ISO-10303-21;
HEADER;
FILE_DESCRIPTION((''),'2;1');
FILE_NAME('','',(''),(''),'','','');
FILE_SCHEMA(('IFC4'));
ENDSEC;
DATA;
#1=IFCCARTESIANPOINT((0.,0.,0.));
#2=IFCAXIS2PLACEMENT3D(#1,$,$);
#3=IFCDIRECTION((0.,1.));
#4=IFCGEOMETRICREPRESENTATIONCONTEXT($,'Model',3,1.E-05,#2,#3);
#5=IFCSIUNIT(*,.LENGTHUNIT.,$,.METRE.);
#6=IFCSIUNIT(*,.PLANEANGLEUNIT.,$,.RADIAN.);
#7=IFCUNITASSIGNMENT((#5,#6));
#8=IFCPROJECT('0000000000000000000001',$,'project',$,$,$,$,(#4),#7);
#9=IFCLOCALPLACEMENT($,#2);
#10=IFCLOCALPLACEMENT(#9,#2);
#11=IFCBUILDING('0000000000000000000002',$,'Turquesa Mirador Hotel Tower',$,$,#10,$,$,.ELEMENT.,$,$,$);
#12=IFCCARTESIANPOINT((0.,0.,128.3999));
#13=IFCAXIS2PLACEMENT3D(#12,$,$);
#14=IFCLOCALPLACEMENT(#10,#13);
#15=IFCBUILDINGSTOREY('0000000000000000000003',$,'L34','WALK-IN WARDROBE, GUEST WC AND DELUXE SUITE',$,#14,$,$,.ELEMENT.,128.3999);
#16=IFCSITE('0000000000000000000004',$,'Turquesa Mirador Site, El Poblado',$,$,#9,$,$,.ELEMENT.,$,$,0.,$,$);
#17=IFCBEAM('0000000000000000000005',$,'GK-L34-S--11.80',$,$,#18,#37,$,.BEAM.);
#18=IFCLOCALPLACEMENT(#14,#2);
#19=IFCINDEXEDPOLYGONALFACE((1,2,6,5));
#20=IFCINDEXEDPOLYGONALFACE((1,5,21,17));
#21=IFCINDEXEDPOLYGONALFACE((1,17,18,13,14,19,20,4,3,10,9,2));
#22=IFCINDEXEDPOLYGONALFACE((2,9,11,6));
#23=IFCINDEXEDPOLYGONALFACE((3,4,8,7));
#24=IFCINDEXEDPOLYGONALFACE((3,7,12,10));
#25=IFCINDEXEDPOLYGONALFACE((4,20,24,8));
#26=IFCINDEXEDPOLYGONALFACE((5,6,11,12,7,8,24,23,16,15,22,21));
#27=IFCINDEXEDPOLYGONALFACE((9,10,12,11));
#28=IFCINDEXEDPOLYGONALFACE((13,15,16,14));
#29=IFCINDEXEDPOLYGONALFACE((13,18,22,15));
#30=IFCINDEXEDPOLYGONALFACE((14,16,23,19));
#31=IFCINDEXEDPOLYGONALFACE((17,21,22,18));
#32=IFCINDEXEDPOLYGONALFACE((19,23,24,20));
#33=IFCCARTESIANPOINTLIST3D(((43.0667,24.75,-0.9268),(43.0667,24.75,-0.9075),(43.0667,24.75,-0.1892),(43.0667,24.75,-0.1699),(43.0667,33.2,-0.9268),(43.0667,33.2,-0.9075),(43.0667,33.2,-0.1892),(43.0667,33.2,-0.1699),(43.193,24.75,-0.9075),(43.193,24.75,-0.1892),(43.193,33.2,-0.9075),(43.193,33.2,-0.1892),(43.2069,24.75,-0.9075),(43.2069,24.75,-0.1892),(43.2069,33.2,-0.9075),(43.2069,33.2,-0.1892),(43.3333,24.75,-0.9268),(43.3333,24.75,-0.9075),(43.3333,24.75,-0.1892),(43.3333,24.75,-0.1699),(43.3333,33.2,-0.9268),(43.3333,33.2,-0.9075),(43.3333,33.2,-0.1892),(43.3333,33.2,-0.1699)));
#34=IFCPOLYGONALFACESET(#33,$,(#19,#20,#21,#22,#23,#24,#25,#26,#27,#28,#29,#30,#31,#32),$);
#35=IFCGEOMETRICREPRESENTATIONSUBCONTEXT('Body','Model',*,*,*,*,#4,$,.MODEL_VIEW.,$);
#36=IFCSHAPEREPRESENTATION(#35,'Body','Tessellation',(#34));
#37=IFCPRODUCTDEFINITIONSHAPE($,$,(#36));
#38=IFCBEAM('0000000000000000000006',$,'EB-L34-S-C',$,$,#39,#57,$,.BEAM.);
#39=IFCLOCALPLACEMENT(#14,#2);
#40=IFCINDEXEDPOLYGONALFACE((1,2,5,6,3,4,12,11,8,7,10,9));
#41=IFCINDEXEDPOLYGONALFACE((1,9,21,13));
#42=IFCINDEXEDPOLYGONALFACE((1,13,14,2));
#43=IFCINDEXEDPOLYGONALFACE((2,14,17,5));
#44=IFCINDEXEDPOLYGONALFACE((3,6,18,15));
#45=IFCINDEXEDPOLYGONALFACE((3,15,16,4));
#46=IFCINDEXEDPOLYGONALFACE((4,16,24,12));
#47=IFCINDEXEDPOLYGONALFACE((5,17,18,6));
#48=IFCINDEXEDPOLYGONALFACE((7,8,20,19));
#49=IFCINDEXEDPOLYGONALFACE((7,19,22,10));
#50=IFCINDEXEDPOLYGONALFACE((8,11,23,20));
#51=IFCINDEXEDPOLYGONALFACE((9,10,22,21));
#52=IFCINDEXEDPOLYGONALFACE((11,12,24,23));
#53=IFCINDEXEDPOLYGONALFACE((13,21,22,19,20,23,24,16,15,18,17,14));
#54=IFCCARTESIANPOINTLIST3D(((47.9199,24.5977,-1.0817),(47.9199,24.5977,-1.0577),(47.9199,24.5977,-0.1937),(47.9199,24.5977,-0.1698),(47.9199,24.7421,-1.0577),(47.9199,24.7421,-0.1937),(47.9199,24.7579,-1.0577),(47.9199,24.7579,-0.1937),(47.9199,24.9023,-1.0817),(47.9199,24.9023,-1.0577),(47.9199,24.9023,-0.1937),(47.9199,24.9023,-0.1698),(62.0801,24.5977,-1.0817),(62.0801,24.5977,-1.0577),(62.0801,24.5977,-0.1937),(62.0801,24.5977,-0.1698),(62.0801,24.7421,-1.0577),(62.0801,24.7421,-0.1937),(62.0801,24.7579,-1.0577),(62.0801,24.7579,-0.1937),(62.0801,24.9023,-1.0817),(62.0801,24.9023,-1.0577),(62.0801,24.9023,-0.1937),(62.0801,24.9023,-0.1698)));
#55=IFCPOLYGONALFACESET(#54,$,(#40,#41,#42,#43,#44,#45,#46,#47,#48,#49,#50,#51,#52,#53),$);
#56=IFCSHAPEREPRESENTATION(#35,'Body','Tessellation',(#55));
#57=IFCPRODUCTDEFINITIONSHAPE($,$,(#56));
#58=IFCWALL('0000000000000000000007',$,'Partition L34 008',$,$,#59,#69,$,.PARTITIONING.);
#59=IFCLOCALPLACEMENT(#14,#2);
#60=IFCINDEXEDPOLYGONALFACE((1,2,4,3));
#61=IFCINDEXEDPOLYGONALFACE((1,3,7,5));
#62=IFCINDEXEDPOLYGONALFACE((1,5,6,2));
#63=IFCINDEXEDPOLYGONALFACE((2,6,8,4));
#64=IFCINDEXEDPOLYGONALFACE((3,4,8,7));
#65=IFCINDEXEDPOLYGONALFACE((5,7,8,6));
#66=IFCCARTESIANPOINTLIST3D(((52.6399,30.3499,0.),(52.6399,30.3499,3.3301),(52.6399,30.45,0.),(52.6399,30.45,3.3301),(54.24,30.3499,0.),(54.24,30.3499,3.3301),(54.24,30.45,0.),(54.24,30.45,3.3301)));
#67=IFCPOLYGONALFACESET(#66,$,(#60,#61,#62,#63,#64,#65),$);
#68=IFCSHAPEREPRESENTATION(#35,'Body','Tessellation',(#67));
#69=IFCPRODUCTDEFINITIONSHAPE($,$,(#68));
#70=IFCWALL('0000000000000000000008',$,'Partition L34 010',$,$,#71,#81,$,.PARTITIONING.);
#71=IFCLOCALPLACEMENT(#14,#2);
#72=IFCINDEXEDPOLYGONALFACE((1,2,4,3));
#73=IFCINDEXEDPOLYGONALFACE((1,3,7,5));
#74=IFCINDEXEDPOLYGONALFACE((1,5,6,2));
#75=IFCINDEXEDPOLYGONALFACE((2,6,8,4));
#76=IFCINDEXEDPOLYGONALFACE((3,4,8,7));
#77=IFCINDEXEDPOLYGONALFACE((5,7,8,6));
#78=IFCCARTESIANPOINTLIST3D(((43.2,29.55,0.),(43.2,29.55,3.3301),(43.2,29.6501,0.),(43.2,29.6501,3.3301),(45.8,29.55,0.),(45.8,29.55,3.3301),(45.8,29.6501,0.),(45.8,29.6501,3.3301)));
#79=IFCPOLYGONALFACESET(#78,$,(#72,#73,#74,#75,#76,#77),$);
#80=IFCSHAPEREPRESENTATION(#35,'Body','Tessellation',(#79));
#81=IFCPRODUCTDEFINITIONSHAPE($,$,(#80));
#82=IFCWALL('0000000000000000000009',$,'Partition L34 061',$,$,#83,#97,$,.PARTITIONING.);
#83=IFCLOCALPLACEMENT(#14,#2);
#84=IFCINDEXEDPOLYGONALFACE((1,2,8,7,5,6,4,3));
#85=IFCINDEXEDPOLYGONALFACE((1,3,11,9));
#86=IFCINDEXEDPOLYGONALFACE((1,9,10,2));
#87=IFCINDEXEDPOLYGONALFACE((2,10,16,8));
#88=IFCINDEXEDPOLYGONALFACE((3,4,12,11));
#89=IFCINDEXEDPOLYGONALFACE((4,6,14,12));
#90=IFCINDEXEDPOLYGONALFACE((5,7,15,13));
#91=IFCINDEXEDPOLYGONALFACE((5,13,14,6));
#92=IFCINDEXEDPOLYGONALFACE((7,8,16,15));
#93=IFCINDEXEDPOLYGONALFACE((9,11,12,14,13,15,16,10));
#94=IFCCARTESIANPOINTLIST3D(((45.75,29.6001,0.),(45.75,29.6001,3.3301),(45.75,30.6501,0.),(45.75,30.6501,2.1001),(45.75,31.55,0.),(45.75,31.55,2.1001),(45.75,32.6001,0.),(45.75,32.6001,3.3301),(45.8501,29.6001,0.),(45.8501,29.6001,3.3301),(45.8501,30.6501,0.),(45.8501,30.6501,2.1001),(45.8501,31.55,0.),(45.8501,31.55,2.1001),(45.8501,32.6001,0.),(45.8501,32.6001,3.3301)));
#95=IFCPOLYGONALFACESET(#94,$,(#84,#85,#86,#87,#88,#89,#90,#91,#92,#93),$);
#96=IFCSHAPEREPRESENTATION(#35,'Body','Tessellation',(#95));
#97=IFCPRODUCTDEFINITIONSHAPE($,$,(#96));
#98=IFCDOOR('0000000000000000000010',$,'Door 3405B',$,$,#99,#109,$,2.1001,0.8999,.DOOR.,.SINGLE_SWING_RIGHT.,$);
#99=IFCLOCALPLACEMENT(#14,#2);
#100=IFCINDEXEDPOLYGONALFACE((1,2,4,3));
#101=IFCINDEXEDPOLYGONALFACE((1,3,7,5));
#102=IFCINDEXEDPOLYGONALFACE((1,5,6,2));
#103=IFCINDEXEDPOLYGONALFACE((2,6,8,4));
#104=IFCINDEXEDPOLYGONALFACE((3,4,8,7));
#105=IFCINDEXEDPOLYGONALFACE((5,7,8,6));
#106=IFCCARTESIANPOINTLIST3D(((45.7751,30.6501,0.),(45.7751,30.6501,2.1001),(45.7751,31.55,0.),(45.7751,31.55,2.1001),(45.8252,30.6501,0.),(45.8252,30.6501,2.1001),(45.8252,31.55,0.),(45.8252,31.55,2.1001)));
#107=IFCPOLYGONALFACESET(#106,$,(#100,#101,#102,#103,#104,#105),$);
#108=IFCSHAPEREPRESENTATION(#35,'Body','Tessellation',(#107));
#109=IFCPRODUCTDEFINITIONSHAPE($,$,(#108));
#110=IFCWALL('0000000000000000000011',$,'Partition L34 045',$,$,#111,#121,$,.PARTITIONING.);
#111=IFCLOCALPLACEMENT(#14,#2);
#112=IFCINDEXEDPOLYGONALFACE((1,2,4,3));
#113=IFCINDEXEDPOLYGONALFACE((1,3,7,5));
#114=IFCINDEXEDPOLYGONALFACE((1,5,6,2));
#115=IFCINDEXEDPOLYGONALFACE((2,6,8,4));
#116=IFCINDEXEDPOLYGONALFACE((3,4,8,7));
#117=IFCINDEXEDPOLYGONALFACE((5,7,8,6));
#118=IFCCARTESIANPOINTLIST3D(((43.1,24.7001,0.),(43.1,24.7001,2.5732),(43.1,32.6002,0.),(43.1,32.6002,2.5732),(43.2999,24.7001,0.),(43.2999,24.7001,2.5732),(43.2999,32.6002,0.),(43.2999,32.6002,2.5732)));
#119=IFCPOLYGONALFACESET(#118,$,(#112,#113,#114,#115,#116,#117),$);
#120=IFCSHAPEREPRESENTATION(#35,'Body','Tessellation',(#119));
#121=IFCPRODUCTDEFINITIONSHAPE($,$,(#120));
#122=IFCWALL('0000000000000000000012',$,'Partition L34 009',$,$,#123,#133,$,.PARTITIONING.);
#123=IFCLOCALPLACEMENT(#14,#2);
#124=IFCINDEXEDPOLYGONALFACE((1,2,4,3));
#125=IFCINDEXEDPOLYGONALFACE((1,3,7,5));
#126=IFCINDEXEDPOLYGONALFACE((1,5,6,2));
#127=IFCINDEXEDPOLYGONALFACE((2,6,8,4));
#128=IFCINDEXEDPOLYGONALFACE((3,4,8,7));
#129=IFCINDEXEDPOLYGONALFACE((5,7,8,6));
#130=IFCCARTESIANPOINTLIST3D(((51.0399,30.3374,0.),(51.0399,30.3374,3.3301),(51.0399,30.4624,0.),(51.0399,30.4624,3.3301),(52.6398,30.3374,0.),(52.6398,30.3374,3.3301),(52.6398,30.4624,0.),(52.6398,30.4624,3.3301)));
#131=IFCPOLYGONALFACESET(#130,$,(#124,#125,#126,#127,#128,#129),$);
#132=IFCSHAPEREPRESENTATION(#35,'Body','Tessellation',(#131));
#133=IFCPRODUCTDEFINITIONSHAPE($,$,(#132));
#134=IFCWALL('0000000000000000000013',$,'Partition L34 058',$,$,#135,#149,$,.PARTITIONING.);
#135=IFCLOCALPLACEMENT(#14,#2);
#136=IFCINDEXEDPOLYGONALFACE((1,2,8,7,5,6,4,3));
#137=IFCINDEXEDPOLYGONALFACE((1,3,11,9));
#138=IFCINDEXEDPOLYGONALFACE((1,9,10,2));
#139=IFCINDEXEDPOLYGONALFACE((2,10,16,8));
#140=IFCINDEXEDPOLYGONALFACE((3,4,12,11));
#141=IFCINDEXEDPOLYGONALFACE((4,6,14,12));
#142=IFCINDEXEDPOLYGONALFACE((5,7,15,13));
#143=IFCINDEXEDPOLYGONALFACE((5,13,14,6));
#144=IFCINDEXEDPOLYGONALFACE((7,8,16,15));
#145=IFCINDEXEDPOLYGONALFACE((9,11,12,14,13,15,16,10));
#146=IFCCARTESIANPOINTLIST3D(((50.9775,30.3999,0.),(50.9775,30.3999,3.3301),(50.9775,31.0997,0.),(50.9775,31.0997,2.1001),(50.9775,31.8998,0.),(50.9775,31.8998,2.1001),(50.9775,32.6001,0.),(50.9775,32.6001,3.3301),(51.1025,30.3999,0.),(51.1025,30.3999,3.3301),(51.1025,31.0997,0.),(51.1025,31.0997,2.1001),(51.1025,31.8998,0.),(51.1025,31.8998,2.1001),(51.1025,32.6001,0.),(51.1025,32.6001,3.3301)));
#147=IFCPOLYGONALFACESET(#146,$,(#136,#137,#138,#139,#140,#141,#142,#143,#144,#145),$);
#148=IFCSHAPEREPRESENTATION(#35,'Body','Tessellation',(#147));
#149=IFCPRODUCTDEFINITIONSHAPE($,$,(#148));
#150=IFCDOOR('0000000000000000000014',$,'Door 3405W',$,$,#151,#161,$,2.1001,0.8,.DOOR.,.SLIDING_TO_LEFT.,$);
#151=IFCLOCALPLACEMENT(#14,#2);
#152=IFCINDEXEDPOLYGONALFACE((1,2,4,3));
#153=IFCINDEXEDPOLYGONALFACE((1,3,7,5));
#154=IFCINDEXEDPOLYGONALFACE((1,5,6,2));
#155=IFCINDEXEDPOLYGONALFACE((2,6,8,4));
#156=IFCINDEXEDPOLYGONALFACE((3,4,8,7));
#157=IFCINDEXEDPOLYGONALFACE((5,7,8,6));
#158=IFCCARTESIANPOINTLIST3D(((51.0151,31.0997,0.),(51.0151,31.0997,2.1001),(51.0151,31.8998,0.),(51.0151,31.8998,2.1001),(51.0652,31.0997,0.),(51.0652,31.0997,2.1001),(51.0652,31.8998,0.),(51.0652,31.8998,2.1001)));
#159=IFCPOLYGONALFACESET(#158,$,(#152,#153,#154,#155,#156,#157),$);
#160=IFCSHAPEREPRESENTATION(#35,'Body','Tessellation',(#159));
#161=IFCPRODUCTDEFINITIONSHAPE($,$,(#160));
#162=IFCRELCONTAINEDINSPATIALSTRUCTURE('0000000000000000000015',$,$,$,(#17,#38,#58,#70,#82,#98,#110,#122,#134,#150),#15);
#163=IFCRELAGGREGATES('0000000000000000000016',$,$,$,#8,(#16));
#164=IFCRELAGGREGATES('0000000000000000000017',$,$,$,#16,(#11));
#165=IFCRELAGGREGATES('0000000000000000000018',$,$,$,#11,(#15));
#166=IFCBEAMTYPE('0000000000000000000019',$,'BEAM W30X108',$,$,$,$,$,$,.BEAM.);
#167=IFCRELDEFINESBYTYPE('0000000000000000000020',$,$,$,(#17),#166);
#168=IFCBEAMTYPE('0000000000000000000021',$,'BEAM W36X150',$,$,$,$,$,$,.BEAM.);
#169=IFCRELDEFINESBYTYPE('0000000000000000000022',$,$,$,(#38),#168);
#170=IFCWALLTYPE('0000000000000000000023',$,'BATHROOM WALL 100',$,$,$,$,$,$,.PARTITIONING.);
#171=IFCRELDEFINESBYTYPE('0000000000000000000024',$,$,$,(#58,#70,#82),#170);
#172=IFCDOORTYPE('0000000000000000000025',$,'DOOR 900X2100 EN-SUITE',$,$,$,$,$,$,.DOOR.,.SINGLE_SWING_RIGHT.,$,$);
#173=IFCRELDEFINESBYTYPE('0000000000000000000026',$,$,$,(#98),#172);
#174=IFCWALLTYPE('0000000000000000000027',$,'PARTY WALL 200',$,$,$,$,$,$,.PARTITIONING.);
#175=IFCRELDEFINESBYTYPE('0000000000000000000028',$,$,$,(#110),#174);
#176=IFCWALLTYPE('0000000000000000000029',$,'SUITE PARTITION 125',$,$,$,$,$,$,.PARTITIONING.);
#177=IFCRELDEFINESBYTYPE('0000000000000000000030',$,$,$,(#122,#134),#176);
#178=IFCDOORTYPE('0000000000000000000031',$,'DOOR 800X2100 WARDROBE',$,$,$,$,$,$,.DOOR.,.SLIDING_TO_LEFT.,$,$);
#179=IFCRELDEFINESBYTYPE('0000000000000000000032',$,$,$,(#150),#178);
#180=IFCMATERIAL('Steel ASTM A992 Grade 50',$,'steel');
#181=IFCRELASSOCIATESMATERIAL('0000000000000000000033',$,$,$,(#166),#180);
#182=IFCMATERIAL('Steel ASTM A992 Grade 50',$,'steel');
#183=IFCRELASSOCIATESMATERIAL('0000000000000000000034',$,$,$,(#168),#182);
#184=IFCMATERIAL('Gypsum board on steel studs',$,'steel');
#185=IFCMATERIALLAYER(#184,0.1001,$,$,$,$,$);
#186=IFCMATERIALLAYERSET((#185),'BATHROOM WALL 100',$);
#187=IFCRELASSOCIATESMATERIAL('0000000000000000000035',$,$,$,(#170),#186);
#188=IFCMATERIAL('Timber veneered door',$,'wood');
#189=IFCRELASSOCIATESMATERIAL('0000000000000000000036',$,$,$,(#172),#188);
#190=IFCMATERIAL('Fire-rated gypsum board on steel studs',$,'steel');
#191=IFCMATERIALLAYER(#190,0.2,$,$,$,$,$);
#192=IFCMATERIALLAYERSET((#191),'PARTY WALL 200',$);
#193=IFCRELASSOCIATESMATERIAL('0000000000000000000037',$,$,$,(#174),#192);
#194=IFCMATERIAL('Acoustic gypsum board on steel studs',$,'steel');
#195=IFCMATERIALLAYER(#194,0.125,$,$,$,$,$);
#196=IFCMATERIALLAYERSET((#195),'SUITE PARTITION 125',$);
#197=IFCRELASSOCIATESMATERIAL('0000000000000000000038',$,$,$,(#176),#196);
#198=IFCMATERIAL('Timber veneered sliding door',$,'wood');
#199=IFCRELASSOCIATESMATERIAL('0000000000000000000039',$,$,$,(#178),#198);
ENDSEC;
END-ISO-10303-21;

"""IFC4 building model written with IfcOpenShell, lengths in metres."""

from ifc_helpers import new_model, si_unit, direction, frame, frame_2d, origin, origin_2d, place, context, subcontext, project, spatial, rectangle, i_section, extrude, material, layer, layer_set, material_profile, profile_set, type_object, element, fill, save


model = new_model("IFC4")

# Units and contexts
model_context = context("Model", 3, precision=1e-05, world=origin(), true_north=direction((0.0, 1.0)))
body_context = subcontext(model_context, "Body", "Model", "MODEL_VIEW")
ifc_project = project(units=[si_unit("LENGTHUNIT", "METRE"), si_unit("PLANEANGLEUNIT", "RADIAN")], contexts=[model_context])

# Site, building, storey
site_placement = place(None, origin())
site = spatial("IfcSite", under=ifc_project, at=site_placement, Name="Turquesa Mirador Site, El Poblado", CompositionType="ELEMENT", RefElevation=0.0)
building_placement = place(site_placement, origin())
building = spatial("IfcBuilding", under=site, at=building_placement, Name="Turquesa Mirador Hotel Tower", CompositionType="ELEMENT")
storey_placement = place(building_placement, frame((0.0, 0.0, 128.3999)))
storey = spatial("IfcBuildingStorey", under=building, at=storey_placement, Name="L34", Description="WALK-IN WARDROBE, GUEST WC AND DELUXE SUITE", CompositionType="ELEMENT", Elevation=128.3999)

# Beams
ifc_material_1 = material(Name="Steel ASTM A992 Grade 50", Category="steel")
ifc_material_profile_1 = material_profile(ifc_material_1, i_section(OverallWidth=0.2666, OverallDepth=0.7568, WebThickness=0.0139, FlangeThickness=0.0193, at=origin_2d()), Name="W30X108")
ifc_profile_set_1 = profile_set([ifc_material_profile_1], Name="Steel ASTM A992 Grade 50")
beam_type_1 = type_object("IfcBeamType", Name="BEAM W30X108", PredefinedType="BEAM", material=ifc_profile_set_1)
beam_1_placement = place(storey_placement, frame((43.2, 24.75, -0.5483), z_axis=(0.0, 1.0, 0.0), x_axis=(-1.0, 0.0, 0.0)))
element("IfcBeam", 1, at=beam_1_placement, inside=storey, type_object=beam_type_1, Name="GK-L34-S--11.80", PredefinedType="BEAM", context=body_context, shape_type="SweptSolid", body=[
    extrude(i_section(OverallWidth=0.2666, OverallDepth=0.7568, WebThickness=0.0139, FlangeThickness=0.0193, at=origin_2d()), origin(), (0.0, 0.0, 1.0), 8.45),
])
ifc_material_2 = material(Name="Steel ASTM A992 Grade 50", Category="steel")
ifc_material_profile_2 = material_profile(ifc_material_2, i_section(OverallWidth=0.3047, OverallDepth=0.9119, WebThickness=0.0159, FlangeThickness=0.0239, at=origin_2d()), Name="W36X150")
ifc_profile_set_2 = profile_set([ifc_material_profile_2], Name="Steel ASTM A992 Grade 50")
beam_type_2 = type_object("IfcBeamType", Name="BEAM W36X150", PredefinedType="BEAM", material=ifc_profile_set_2)
beam_2_placement = place(storey_placement, frame((47.9199, 24.75, -0.6257), z_axis=(1.0, 0.0, 0.0), x_axis=(0.0, 1.0, 0.0)))
element("IfcBeam", 2, at=beam_2_placement, inside=storey, type_object=beam_type_2, Name="EB-L34-S-C", PredefinedType="BEAM", context=body_context, shape_type="SweptSolid", body=[
    extrude(i_section(OverallWidth=0.3047, OverallDepth=0.9119, WebThickness=0.0159, FlangeThickness=0.0239, at=origin_2d()), origin(), (0.0, 0.0, 1.0), 14.1602),
])

# Walls
ifc_material_3 = material(Name="Gypsum board on steel studs", Category="steel")
ifc_layer_1 = layer(ifc_material_3, 0.1001)
ifc_layer_set_1 = layer_set([ifc_layer_1], Name="BATHROOM WALL 100")
wall_type_1 = type_object("IfcWallType", Name="BATHROOM WALL 100", PredefinedType="PARTITIONING", material=ifc_layer_set_1)
wall_1_placement = place(storey_placement, frame((52.6399, 30.3999, 0.0), z_axis=(0.0, 0.0, 1.0), x_axis=(1.0, 0.0, 0.0)))
element("IfcWall", 3, at=wall_1_placement, inside=storey, type_object=wall_type_1, Name="Partition L34 008", PredefinedType="PARTITIONING", context=body_context, shape_type="SweptSolid", body=[
    extrude(rectangle(XDim=1.6001, YDim=0.1001, at=frame_2d((0.8, 0.0))), origin(), (0.0, 0.0, 1.0), 3.3301),
])
wall_2_placement = place(storey_placement, frame((43.2, 29.6001, 0.0), z_axis=(0.0, 0.0, 1.0), x_axis=(1.0, 0.0, 0.0)))
element("IfcWall", 4, at=wall_2_placement, inside=storey, type_object=wall_type_1, Name="Partition L34 010", PredefinedType="PARTITIONING", context=body_context, shape_type="SweptSolid", body=[
    extrude(rectangle(XDim=2.6001, YDim=0.1001, at=frame_2d((1.3, 0.0))), origin(), (0.0, 0.0, 1.0), 3.3301),
])

# Wall, opening, door
wall_3_placement = place(storey_placement, frame((45.8, 29.6001, 0.0), z_axis=(0.0, 0.0, 1.0), x_axis=(0.0, 1.0, 0.0)))
wall_3 = element("IfcWall", 5, at=wall_3_placement, inside=storey, type_object=wall_type_1, Name="Partition L34 061", PredefinedType="PARTITIONING", context=body_context, shape_type="SweptSolid", body=[
    extrude(rectangle(XDim=3.0, YDim=0.1001, at=frame_2d((1.5, 0.0))), origin(), (0.0, 0.0, 1.0), 3.3301),
])
opening_1_placement = place(wall_3_placement, frame((1.05, 0.0, 0.0)))
opening_1 = element("IfcOpeningElement", 6, at=opening_1_placement, cuts=wall_3, PredefinedType="OPENING", context=body_context, shape_type="SweptSolid", body=[
    extrude(rectangle(XDim=0.8999, YDim=2.1001, at=frame_2d((0.45, 1.05))), frame((0.0, 0.0601, 0.0), z_axis=(0.0, -1.0, 0.0), x_axis=(1.0, 0.0, 0.0)), (0.0, 0.0, 1.0), 0.1201),
])
ifc_material_4 = material(Name="Timber veneered door", Category="wood")
door_type_1 = type_object("IfcDoorType", Name="DOOR 900X2100 EN-SUITE", OperationType="SINGLE_SWING_RIGHT", PredefinedType="DOOR", material=ifc_material_4)
door_1_placement = place(opening_1_placement, origin())
door_1 = element("IfcDoor", 7, at=door_1_placement, inside=storey, type_object=door_type_1, Name="Door 3405B", OperationType="SINGLE_SWING_RIGHT", OverallHeight=2.1001, OverallWidth=0.8999, PredefinedType="DOOR", context=body_context, shape_type="SweptSolid", body=[
    extrude(rectangle(XDim=0.8999, YDim=2.1001, at=frame_2d((0.45, 1.05))), frame((0.0, 0.0249, 0.0), z_axis=(0.0, -1.0, 0.0), x_axis=(1.0, 0.0, 0.0)), (0.0, 0.0, 1.0), 0.05),
])
fill(opening_1, door_1)

# Walls
ifc_material_5 = material(Name="Fire-rated gypsum board on steel studs", Category="steel")
ifc_layer_2 = layer(ifc_material_5, 0.2)
ifc_layer_set_2 = layer_set([ifc_layer_2], Name="PARTY WALL 200")
wall_type_2 = type_object("IfcWallType", Name="PARTY WALL 200", PredefinedType="PARTITIONING", material=ifc_layer_set_2)
wall_4_placement = place(storey_placement, frame((43.2, 24.7, 0.0), z_axis=(0.0, 0.0, 1.0), x_axis=(0.0, 1.0, 0.0)))
element("IfcWall", 8, at=wall_4_placement, inside=storey, type_object=wall_type_2, Name="Partition L34 045", PredefinedType="PARTITIONING", context=body_context, shape_type="SweptSolid", body=[
    extrude(rectangle(XDim=7.9001, YDim=0.2, at=frame_2d((3.9502, 0.0))), origin(), (0.0, 0.0, 1.0), 2.5732),
])
ifc_material_6 = material(Name="Acoustic gypsum board on steel studs", Category="steel")
ifc_layer_3 = layer(ifc_material_6, 0.125)
ifc_layer_set_3 = layer_set([ifc_layer_3], Name="SUITE PARTITION 125")
wall_type_3 = type_object("IfcWallType", Name="SUITE PARTITION 125", PredefinedType="PARTITIONING", material=ifc_layer_set_3)
wall_5_placement = place(storey_placement, frame((51.04, 30.3999, 0.0), z_axis=(0.0, 0.0, 1.0), x_axis=(1.0, 0.0, 0.0)))
element("IfcWall", 9, at=wall_5_placement, inside=storey, type_object=wall_type_3, Name="Partition L34 009", PredefinedType="PARTITIONING", context=body_context, shape_type="SweptSolid", body=[
    extrude(rectangle(XDim=1.5999, YDim=0.125, at=frame_2d((0.7998, 0.0))), origin(), (0.0, 0.0, 1.0), 3.3301),
])

# Wall, opening, door
wall_6_placement = place(storey_placement, frame((51.04, 30.3999, 0.0), z_axis=(0.0, 0.0, 1.0), x_axis=(0.0, 1.0, 0.0)))
wall_6 = element("IfcWall", 10, at=wall_6_placement, inside=storey, type_object=wall_type_3, Name="Partition L34 058", PredefinedType="PARTITIONING", context=body_context, shape_type="SweptSolid", body=[
    extrude(rectangle(XDim=2.2002, YDim=0.125, at=frame_2d((1.1001, 0.0))), origin(), (0.0, 0.0, 1.0), 3.3301),
])
opening_2_placement = place(wall_6_placement, frame((0.7, 0.0, 0.0)))
opening_2 = element("IfcOpeningElement", 11, at=opening_2_placement, cuts=wall_6, PredefinedType="OPENING", context=body_context, shape_type="SweptSolid", body=[
    extrude(rectangle(XDim=0.8, YDim=2.1001, at=frame_2d((0.3999, 1.05))), frame((0.0, 0.0725, 0.0), z_axis=(0.0, -1.0, 0.0), x_axis=(1.0, 0.0, 0.0)), (0.0, 0.0, 1.0), 0.145),
])
ifc_material_7 = material(Name="Timber veneered sliding door", Category="wood")
door_type_2 = type_object("IfcDoorType", Name="DOOR 800X2100 WARDROBE", OperationType="SLIDING_TO_LEFT", PredefinedType="DOOR", material=ifc_material_7)
door_2_placement = place(opening_2_placement, origin())
door_2 = element("IfcDoor", 12, at=door_2_placement, inside=storey, type_object=door_type_2, Name="Door 3405W", OperationType="SLIDING_TO_LEFT", OverallHeight=2.1001, OverallWidth=0.8, PredefinedType="DOOR", context=body_context, shape_type="SweptSolid", body=[
    extrude(rectangle(XDim=0.8, YDim=2.1001, at=frame_2d((0.3999, 1.05))), frame((0.0, 0.0249, 0.0), z_axis=(0.0, -1.0, 0.0), x_axis=(1.0, 0.0, 0.0)), (0.0, 0.0, 1.0), 0.05),
])
fill(opening_2, door_2)

save(model, "model.ifc")
